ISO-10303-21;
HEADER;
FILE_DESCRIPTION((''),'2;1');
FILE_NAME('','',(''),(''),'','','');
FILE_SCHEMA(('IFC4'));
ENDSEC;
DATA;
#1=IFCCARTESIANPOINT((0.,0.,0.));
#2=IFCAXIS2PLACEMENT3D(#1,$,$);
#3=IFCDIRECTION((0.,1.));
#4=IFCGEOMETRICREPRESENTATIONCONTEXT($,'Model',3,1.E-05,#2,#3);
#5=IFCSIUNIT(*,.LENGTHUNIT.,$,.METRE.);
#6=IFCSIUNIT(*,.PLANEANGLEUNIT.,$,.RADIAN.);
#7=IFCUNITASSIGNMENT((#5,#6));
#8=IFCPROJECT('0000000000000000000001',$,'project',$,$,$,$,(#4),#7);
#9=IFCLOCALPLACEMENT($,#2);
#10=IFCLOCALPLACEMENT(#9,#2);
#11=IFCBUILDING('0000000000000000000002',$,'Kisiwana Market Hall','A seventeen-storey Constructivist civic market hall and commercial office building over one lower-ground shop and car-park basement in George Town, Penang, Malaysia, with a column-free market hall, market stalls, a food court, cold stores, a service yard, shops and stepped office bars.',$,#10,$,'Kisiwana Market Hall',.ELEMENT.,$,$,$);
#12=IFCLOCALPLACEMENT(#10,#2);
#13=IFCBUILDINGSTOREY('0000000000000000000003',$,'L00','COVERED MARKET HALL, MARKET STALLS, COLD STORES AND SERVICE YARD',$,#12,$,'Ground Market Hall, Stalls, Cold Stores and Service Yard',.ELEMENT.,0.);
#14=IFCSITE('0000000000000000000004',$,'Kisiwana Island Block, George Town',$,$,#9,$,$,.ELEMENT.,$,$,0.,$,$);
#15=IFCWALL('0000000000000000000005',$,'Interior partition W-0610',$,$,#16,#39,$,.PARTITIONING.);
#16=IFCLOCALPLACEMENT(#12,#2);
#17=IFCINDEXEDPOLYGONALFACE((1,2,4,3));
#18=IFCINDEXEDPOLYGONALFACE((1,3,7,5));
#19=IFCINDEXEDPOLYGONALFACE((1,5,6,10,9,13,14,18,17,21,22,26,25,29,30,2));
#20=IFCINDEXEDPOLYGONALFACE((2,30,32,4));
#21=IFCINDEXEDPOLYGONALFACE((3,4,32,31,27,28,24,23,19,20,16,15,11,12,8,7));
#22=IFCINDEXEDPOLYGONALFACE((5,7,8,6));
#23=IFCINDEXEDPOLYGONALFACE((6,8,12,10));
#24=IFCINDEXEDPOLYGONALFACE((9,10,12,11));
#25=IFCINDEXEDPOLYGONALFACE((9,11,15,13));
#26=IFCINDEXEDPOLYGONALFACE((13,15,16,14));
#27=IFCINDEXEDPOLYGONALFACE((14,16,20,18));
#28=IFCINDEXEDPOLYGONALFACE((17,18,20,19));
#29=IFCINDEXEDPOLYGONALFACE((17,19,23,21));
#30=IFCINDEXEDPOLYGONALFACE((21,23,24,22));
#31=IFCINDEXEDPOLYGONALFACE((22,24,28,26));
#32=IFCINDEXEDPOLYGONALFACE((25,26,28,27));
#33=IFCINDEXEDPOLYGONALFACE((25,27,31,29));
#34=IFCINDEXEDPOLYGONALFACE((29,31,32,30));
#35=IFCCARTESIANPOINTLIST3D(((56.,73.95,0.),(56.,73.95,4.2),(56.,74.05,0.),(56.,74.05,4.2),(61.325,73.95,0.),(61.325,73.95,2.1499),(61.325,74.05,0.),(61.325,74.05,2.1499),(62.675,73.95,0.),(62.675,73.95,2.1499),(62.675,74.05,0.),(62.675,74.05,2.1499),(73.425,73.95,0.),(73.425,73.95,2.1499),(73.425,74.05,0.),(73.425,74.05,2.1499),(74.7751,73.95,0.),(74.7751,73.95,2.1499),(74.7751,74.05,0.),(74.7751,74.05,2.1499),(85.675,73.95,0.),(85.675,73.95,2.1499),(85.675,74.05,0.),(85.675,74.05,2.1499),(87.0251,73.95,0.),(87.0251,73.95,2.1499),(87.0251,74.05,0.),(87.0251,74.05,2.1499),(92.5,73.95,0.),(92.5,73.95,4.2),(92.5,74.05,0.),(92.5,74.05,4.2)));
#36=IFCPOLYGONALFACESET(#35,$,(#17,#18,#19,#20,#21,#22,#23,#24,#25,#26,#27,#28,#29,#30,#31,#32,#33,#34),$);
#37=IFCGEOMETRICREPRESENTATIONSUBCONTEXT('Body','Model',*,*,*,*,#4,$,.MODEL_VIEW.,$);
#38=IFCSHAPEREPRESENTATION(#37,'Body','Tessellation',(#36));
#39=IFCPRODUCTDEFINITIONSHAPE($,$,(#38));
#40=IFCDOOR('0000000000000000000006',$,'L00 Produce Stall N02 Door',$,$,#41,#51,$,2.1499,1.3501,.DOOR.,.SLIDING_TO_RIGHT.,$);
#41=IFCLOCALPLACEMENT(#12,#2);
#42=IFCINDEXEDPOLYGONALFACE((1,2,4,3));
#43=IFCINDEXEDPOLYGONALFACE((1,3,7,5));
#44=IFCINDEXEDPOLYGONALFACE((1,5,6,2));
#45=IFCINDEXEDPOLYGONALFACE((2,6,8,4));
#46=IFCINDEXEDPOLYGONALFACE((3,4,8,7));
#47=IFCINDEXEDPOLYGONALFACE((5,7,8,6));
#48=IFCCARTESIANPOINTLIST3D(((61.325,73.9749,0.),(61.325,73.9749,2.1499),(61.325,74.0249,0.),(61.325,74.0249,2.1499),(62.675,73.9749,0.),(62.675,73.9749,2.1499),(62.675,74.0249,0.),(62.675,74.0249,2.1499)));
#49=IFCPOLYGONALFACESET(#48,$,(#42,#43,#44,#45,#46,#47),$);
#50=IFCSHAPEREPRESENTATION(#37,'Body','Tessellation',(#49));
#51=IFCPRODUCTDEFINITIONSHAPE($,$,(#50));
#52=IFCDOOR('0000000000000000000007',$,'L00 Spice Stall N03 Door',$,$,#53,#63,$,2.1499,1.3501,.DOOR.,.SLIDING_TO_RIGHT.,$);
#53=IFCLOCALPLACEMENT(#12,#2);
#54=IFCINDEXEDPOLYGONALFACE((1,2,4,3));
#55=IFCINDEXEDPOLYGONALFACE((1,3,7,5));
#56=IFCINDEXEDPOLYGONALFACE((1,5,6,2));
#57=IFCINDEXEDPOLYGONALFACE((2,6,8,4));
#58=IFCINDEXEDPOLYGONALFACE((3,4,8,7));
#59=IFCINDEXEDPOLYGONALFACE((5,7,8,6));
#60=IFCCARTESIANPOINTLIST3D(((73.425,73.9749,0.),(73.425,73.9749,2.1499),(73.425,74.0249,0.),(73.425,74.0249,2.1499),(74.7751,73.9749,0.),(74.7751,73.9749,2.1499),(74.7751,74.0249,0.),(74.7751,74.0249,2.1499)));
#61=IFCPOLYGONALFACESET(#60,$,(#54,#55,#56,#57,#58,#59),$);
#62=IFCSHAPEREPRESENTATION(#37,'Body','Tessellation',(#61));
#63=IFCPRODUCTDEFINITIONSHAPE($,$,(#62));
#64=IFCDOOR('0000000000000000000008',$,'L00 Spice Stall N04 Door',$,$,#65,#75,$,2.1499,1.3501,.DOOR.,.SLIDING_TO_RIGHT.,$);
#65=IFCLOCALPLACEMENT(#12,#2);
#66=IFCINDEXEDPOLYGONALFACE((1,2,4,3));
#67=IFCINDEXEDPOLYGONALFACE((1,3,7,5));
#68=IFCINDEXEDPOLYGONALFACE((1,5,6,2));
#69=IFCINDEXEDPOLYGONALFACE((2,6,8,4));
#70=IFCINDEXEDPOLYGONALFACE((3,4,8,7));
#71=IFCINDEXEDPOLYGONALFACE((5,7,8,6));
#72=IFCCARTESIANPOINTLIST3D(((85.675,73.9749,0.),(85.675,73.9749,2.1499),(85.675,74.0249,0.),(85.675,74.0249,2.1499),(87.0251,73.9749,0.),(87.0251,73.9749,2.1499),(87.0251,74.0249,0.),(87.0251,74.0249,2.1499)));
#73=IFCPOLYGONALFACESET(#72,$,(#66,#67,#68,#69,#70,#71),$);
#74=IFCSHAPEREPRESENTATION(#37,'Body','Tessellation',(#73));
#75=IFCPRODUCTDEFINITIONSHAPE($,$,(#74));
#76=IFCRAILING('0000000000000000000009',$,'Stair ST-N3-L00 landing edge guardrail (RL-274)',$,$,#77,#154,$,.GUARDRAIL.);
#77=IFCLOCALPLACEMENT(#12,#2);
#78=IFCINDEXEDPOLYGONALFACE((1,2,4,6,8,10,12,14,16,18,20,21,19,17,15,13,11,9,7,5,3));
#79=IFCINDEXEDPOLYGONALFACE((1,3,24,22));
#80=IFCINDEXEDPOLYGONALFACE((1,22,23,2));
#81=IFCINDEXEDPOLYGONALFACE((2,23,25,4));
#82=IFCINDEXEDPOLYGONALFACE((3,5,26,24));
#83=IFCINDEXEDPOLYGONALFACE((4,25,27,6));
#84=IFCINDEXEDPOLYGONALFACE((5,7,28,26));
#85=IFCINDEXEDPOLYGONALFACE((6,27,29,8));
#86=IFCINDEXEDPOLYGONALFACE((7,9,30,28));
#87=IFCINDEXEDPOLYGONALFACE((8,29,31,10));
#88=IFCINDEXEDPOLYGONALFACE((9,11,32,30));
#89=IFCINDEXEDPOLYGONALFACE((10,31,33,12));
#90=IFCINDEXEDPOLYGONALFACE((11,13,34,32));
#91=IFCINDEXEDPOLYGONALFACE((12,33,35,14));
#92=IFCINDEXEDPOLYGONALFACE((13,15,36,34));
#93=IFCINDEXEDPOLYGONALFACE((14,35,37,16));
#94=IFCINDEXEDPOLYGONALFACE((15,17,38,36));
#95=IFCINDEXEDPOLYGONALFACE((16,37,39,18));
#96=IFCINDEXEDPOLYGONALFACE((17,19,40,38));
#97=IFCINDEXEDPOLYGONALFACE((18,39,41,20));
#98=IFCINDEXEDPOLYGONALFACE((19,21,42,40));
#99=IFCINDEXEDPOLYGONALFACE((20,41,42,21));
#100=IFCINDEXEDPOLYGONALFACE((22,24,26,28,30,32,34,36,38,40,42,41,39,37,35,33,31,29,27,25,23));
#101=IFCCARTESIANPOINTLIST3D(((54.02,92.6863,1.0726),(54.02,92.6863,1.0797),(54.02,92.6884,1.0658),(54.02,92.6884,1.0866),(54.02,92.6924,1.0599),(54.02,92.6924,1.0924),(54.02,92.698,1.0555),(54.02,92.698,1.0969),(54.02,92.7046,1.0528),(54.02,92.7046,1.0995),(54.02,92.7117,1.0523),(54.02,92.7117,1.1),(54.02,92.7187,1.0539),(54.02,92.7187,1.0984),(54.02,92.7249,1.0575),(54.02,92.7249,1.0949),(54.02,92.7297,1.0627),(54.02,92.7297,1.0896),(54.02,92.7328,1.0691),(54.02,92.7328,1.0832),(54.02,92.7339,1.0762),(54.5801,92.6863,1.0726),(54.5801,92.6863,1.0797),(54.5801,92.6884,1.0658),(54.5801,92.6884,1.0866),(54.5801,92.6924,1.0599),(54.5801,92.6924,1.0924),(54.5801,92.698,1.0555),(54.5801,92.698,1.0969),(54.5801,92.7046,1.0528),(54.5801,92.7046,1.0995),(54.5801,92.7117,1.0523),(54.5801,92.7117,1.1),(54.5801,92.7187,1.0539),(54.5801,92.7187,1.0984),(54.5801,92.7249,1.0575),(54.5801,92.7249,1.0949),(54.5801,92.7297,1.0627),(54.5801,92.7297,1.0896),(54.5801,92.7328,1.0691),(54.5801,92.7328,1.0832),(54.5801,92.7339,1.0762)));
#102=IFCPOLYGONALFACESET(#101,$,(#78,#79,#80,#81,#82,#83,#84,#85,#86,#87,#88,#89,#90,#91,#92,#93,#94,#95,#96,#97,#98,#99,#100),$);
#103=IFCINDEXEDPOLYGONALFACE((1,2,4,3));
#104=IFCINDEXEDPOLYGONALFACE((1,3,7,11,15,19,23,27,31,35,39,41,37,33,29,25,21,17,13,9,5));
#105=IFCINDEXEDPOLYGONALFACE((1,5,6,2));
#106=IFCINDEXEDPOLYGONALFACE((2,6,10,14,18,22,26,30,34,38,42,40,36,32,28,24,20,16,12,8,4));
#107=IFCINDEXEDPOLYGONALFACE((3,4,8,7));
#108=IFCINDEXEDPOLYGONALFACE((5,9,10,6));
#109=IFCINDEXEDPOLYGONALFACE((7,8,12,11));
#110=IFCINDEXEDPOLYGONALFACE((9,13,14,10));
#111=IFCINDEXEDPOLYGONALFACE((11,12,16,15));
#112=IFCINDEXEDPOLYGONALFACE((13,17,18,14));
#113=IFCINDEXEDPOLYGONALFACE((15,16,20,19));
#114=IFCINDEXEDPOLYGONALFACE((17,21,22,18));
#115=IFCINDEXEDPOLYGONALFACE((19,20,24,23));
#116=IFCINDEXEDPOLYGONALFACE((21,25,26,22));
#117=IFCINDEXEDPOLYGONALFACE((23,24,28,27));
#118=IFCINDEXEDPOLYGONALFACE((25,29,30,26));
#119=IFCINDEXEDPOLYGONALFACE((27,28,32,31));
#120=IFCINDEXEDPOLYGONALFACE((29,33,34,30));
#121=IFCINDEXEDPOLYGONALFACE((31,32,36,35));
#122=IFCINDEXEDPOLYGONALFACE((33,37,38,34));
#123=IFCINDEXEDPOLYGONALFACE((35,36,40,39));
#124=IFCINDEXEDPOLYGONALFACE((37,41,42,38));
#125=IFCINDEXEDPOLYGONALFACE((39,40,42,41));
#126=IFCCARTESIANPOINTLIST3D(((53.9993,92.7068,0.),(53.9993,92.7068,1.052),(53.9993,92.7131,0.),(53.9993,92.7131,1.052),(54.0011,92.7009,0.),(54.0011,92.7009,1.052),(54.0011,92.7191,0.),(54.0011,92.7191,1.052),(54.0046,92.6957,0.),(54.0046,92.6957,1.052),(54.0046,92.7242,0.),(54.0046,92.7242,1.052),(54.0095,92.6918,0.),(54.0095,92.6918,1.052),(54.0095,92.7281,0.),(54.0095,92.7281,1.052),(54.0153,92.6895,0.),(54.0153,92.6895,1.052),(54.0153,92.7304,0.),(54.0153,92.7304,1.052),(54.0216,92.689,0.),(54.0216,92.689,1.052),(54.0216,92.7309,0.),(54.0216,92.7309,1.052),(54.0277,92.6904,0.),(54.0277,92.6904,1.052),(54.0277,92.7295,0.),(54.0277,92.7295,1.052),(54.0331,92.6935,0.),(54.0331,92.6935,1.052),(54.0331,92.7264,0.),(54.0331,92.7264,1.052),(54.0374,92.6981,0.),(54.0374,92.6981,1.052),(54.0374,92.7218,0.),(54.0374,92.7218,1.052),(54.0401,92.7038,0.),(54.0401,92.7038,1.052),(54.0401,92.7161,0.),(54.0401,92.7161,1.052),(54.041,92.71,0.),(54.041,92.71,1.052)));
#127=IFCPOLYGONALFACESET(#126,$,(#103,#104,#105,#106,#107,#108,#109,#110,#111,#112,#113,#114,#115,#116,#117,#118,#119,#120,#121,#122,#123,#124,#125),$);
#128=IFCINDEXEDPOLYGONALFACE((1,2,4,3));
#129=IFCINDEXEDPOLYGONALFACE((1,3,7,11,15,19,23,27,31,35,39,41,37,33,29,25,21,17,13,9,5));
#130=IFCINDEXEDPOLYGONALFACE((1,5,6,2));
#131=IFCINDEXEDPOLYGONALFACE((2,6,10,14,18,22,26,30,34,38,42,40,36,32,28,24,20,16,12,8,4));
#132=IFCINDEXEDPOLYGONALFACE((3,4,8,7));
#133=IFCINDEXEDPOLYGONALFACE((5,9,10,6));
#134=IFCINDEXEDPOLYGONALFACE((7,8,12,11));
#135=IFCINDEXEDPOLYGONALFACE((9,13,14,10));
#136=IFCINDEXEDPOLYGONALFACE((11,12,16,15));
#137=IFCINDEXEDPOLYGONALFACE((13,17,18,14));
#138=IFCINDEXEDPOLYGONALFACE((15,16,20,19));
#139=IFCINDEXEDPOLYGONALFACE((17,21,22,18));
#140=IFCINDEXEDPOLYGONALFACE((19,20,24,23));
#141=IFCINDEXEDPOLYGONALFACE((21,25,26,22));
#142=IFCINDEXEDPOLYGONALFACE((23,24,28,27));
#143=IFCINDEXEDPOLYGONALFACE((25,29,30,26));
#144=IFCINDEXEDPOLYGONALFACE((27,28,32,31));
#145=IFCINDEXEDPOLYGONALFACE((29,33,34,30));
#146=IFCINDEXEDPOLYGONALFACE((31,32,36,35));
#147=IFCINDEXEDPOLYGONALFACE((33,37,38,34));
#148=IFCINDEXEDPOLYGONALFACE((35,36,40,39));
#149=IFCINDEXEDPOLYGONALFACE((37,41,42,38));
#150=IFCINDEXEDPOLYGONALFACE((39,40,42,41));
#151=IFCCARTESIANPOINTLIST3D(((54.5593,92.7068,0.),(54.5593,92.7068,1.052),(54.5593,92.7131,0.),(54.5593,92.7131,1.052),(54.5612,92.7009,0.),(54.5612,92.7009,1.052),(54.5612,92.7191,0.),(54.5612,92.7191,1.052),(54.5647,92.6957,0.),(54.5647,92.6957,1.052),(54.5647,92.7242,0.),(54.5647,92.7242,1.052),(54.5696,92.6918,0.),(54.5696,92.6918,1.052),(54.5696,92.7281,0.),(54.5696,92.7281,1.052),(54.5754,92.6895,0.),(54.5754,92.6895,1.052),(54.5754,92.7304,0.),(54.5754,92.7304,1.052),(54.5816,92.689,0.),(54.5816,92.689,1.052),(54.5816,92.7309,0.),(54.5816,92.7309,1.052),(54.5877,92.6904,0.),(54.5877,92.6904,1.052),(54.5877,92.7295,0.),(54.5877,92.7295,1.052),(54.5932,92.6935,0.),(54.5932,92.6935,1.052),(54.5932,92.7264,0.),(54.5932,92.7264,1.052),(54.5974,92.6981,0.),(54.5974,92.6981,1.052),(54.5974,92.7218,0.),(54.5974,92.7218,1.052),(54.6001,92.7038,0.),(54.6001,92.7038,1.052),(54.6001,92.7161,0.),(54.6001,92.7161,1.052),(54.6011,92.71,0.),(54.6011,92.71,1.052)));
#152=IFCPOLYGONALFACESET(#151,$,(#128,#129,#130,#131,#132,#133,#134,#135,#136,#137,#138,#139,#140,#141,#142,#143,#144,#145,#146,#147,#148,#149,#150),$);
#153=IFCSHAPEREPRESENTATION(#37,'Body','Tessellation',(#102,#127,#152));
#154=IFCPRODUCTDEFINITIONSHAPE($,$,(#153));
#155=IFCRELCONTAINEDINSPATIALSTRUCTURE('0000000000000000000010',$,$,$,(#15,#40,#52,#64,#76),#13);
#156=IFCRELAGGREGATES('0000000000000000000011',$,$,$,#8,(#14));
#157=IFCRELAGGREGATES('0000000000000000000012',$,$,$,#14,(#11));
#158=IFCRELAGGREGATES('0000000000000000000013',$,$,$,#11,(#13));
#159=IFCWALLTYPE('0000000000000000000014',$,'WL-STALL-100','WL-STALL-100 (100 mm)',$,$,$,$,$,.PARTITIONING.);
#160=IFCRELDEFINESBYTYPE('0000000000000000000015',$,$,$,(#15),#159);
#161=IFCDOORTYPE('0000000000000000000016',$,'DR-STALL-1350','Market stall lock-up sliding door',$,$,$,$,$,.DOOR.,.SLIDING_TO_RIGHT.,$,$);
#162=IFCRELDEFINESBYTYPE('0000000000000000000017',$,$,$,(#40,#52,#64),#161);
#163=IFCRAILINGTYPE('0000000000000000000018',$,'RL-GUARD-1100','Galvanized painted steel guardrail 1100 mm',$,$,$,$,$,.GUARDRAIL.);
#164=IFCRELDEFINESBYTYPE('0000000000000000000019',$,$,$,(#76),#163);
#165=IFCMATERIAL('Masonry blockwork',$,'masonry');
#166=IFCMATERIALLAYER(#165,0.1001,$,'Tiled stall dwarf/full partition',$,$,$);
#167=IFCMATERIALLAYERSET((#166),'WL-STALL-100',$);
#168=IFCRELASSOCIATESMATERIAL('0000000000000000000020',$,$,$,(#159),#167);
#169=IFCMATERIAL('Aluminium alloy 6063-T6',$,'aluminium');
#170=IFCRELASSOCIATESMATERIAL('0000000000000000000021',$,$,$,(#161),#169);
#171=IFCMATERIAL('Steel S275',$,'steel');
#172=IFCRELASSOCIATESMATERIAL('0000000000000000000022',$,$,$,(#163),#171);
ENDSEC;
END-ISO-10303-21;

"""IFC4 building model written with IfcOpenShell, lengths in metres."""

from ifc_helpers import new_model, si_unit, direction, frame, frame_2d, origin, origin_2d, place, context, subcontext, project, spatial, rectangle, circle, extrude, material, layer, layer_set, type_object, element, fill, save


model = new_model("IFC4")

# Units and contexts
model_context = context("Model", 3, precision=1e-05, world=origin(), true_north=direction((0.0, 1.0)))
body_context = subcontext(model_context, "Body", "Model", "MODEL_VIEW")
ifc_project = project(units=[si_unit("LENGTHUNIT", "METRE"), si_unit("PLANEANGLEUNIT", "RADIAN")], contexts=[model_context])

# Site, building, storey
site_placement = place(None, origin())
site = spatial("IfcSite", under=ifc_project, at=site_placement, Name="Kisiwana Island Block, George Town", CompositionType="ELEMENT", RefElevation=0.0)
building_placement = place(site_placement, origin())
building = spatial("IfcBuilding", under=site, at=building_placement, Name="Kisiwana Market Hall", Description="A seventeen-storey Constructivist civic market hall and commercial office building over one lower-ground shop and car-park basement in George Town, Penang, Malaysia, with a column-free market hall, market stalls, a food court, cold stores, a service yard, shops and stepped office bars.", LongName="Kisiwana Market Hall", CompositionType="ELEMENT")
storey_placement = place(building_placement, origin())
storey = spatial("IfcBuildingStorey", under=building, at=storey_placement, Name="L00", Description="COVERED MARKET HALL, MARKET STALLS, COLD STORES AND SERVICE YARD", LongName="Ground Market Hall, Stalls, Cold Stores and Service Yard", CompositionType="ELEMENT", Elevation=0.0)

# Shared definitions
ifc_material_1 = material(Name="Masonry blockwork", Category="masonry")
ifc_layer_1 = layer(ifc_material_1, 0.1001, Name="Tiled stall dwarf/full partition")
ifc_layer_set_1 = layer_set([ifc_layer_1], Name="WL-STALL-100")
wall_type_1 = type_object("IfcWallType", Name="WL-STALL-100", Description="WL-STALL-100 (100 mm)", PredefinedType="PARTITIONING", material=ifc_layer_set_1)

# Wall, openings, doors
wall_1_placement = place(storey_placement, frame((56.0, 74.0, 0.0), z_axis=(0.0, 0.0, 1.0), x_axis=(1.0, 0.0, 0.0)))
wall_1 = element("IfcWall", 1, at=wall_1_placement, inside=storey, type_object=wall_type_1, Name="Interior partition W-0610", PredefinedType="PARTITIONING", context=body_context, shape_type="SweptSolid", body=[
    extrude(rectangle(XDim=36.5, YDim=0.1001, at=frame_2d((18.25, 0.0))), origin(), (0.0, 0.0, 1.0), 4.2),
])
opening_1_placement = place(wall_1_placement, frame((5.325, 0.0, 0.0)))
opening_1 = element("IfcOpeningElement", 2, at=opening_1_placement, cuts=wall_1, PredefinedType="OPENING", context=body_context, shape_type="SweptSolid", body=[
    extrude(rectangle(XDim=1.3501, YDim=2.1499, at=frame_2d((0.675, 1.075))), frame((0.0, 0.062, 0.0), z_axis=(0.0, -1.0, 0.0), x_axis=(1.0, 0.0, 0.0)), (0.0, 0.0, 1.0), 0.124),
])
opening_2_placement = place(wall_1_placement, frame((17.425, 0.0, 0.0)))
opening_2 = element("IfcOpeningElement", 3, at=opening_2_placement, cuts=wall_1, PredefinedType="OPENING", context=body_context, shape_type="SweptSolid", body=[
    extrude(rectangle(XDim=1.3501, YDim=2.1499, at=frame_2d((0.675, 1.075))), frame((0.0, 0.062, 0.0), z_axis=(0.0, -1.0, 0.0), x_axis=(1.0, 0.0, 0.0)), (0.0, 0.0, 1.0), 0.124),
])
opening_3_placement = place(wall_1_placement, frame((29.675, 0.0, 0.0)))
opening_3 = element("IfcOpeningElement", 4, at=opening_3_placement, cuts=wall_1, PredefinedType="OPENING", context=body_context, shape_type="SweptSolid", body=[
    extrude(rectangle(XDim=1.3501, YDim=2.1499, at=frame_2d((0.675, 1.075))), frame((0.0, 0.062, 0.0), z_axis=(0.0, -1.0, 0.0), x_axis=(1.0, 0.0, 0.0)), (0.0, 0.0, 1.0), 0.124),
])
ifc_material_2 = material(Name="Aluminium alloy 6063-T6", Category="aluminium")
door_type_1 = type_object("IfcDoorType", Name="DR-STALL-1350", Description="Market stall lock-up sliding door", OperationType="SLIDING_TO_RIGHT", PredefinedType="DOOR", material=ifc_material_2)
door_1_placement = place(opening_1_placement, origin())
door_1 = element("IfcDoor", 5, at=door_1_placement, inside=storey, type_object=door_type_1, Name="L00 Produce Stall N02 Door", OperationType="SLIDING_TO_RIGHT", OverallHeight=2.1499, OverallWidth=1.3501, PredefinedType="DOOR", context=body_context, shape_type="SweptSolid", body=[
    extrude(rectangle(XDim=1.3501, YDim=2.1499, at=frame_2d((0.675, 1.075))), frame((0.0, 0.0249, 0.0), z_axis=(0.0, -1.0, 0.0), x_axis=(1.0, 0.0, 0.0)), (0.0, 0.0, 1.0), 0.05),
])
fill(opening_1, door_1)
door_2_placement = place(opening_2_placement, origin())
door_2 = element("IfcDoor", 6, at=door_2_placement, inside=storey, type_object=door_type_1, Name="L00 Spice Stall N03 Door", OperationType="SLIDING_TO_RIGHT", OverallHeight=2.1499, OverallWidth=1.3501, PredefinedType="DOOR", context=body_context, shape_type="SweptSolid", body=[
    extrude(rectangle(XDim=1.3501, YDim=2.1499, at=frame_2d((0.675, 1.075))), frame((0.0, 0.0249, 0.0), z_axis=(0.0, -1.0, 0.0), x_axis=(1.0, 0.0, 0.0)), (0.0, 0.0, 1.0), 0.05),
])
fill(opening_2, door_2)
door_3_placement = place(opening_3_placement, origin())
door_3 = element("IfcDoor", 7, at=door_3_placement, inside=storey, type_object=door_type_1, Name="L00 Spice Stall N04 Door", OperationType="SLIDING_TO_RIGHT", OverallHeight=2.1499, OverallWidth=1.3501, PredefinedType="DOOR", context=body_context, shape_type="SweptSolid", body=[
    extrude(rectangle(XDim=1.3501, YDim=2.1499, at=frame_2d((0.675, 1.075))), frame((0.0, 0.0249, 0.0), z_axis=(0.0, -1.0, 0.0), x_axis=(1.0, 0.0, 0.0)), (0.0, 0.0, 1.0), 0.05),
])
fill(opening_3, door_3)

# Railing
ifc_material_3 = material(Name="Steel S275", Category="steel")
railing_type_1 = type_object("IfcRailingType", Name="RL-GUARD-1100", Description="Galvanized painted steel guardrail 1100 mm", PredefinedType="GUARDRAIL", material=ifc_material_3)
railing_1_placement = place(storey_placement, frame((54.02, 92.71, 0.0)))
element("IfcRailing", 8, at=railing_1_placement, inside=storey, type_object=railing_type_1, Name="Stair ST-N3-L00 landing edge guardrail (RL-274)", PredefinedType="GUARDRAIL", context=body_context, shape_type="SweptSolid", body=[
    extrude(circle(Radius=0.0239, at=origin_2d()), frame((0.0, 0.0, 1.0762), z_axis=(1.0, 0.0, 0.0), x_axis=(0.0, 1.0, 0.0)), (0.0, 0.0, 1.0), 0.5601),
    extrude(circle(Radius=0.021, at=origin_2d()), origin(), (0.0, 0.0, 1.0), 1.052),
    extrude(circle(Radius=0.021, at=origin_2d()), frame((0.5601, 0.0, 0.0)), (0.0, 0.0, 1.0), 1.052),
])

save(model, "model.ifc")
